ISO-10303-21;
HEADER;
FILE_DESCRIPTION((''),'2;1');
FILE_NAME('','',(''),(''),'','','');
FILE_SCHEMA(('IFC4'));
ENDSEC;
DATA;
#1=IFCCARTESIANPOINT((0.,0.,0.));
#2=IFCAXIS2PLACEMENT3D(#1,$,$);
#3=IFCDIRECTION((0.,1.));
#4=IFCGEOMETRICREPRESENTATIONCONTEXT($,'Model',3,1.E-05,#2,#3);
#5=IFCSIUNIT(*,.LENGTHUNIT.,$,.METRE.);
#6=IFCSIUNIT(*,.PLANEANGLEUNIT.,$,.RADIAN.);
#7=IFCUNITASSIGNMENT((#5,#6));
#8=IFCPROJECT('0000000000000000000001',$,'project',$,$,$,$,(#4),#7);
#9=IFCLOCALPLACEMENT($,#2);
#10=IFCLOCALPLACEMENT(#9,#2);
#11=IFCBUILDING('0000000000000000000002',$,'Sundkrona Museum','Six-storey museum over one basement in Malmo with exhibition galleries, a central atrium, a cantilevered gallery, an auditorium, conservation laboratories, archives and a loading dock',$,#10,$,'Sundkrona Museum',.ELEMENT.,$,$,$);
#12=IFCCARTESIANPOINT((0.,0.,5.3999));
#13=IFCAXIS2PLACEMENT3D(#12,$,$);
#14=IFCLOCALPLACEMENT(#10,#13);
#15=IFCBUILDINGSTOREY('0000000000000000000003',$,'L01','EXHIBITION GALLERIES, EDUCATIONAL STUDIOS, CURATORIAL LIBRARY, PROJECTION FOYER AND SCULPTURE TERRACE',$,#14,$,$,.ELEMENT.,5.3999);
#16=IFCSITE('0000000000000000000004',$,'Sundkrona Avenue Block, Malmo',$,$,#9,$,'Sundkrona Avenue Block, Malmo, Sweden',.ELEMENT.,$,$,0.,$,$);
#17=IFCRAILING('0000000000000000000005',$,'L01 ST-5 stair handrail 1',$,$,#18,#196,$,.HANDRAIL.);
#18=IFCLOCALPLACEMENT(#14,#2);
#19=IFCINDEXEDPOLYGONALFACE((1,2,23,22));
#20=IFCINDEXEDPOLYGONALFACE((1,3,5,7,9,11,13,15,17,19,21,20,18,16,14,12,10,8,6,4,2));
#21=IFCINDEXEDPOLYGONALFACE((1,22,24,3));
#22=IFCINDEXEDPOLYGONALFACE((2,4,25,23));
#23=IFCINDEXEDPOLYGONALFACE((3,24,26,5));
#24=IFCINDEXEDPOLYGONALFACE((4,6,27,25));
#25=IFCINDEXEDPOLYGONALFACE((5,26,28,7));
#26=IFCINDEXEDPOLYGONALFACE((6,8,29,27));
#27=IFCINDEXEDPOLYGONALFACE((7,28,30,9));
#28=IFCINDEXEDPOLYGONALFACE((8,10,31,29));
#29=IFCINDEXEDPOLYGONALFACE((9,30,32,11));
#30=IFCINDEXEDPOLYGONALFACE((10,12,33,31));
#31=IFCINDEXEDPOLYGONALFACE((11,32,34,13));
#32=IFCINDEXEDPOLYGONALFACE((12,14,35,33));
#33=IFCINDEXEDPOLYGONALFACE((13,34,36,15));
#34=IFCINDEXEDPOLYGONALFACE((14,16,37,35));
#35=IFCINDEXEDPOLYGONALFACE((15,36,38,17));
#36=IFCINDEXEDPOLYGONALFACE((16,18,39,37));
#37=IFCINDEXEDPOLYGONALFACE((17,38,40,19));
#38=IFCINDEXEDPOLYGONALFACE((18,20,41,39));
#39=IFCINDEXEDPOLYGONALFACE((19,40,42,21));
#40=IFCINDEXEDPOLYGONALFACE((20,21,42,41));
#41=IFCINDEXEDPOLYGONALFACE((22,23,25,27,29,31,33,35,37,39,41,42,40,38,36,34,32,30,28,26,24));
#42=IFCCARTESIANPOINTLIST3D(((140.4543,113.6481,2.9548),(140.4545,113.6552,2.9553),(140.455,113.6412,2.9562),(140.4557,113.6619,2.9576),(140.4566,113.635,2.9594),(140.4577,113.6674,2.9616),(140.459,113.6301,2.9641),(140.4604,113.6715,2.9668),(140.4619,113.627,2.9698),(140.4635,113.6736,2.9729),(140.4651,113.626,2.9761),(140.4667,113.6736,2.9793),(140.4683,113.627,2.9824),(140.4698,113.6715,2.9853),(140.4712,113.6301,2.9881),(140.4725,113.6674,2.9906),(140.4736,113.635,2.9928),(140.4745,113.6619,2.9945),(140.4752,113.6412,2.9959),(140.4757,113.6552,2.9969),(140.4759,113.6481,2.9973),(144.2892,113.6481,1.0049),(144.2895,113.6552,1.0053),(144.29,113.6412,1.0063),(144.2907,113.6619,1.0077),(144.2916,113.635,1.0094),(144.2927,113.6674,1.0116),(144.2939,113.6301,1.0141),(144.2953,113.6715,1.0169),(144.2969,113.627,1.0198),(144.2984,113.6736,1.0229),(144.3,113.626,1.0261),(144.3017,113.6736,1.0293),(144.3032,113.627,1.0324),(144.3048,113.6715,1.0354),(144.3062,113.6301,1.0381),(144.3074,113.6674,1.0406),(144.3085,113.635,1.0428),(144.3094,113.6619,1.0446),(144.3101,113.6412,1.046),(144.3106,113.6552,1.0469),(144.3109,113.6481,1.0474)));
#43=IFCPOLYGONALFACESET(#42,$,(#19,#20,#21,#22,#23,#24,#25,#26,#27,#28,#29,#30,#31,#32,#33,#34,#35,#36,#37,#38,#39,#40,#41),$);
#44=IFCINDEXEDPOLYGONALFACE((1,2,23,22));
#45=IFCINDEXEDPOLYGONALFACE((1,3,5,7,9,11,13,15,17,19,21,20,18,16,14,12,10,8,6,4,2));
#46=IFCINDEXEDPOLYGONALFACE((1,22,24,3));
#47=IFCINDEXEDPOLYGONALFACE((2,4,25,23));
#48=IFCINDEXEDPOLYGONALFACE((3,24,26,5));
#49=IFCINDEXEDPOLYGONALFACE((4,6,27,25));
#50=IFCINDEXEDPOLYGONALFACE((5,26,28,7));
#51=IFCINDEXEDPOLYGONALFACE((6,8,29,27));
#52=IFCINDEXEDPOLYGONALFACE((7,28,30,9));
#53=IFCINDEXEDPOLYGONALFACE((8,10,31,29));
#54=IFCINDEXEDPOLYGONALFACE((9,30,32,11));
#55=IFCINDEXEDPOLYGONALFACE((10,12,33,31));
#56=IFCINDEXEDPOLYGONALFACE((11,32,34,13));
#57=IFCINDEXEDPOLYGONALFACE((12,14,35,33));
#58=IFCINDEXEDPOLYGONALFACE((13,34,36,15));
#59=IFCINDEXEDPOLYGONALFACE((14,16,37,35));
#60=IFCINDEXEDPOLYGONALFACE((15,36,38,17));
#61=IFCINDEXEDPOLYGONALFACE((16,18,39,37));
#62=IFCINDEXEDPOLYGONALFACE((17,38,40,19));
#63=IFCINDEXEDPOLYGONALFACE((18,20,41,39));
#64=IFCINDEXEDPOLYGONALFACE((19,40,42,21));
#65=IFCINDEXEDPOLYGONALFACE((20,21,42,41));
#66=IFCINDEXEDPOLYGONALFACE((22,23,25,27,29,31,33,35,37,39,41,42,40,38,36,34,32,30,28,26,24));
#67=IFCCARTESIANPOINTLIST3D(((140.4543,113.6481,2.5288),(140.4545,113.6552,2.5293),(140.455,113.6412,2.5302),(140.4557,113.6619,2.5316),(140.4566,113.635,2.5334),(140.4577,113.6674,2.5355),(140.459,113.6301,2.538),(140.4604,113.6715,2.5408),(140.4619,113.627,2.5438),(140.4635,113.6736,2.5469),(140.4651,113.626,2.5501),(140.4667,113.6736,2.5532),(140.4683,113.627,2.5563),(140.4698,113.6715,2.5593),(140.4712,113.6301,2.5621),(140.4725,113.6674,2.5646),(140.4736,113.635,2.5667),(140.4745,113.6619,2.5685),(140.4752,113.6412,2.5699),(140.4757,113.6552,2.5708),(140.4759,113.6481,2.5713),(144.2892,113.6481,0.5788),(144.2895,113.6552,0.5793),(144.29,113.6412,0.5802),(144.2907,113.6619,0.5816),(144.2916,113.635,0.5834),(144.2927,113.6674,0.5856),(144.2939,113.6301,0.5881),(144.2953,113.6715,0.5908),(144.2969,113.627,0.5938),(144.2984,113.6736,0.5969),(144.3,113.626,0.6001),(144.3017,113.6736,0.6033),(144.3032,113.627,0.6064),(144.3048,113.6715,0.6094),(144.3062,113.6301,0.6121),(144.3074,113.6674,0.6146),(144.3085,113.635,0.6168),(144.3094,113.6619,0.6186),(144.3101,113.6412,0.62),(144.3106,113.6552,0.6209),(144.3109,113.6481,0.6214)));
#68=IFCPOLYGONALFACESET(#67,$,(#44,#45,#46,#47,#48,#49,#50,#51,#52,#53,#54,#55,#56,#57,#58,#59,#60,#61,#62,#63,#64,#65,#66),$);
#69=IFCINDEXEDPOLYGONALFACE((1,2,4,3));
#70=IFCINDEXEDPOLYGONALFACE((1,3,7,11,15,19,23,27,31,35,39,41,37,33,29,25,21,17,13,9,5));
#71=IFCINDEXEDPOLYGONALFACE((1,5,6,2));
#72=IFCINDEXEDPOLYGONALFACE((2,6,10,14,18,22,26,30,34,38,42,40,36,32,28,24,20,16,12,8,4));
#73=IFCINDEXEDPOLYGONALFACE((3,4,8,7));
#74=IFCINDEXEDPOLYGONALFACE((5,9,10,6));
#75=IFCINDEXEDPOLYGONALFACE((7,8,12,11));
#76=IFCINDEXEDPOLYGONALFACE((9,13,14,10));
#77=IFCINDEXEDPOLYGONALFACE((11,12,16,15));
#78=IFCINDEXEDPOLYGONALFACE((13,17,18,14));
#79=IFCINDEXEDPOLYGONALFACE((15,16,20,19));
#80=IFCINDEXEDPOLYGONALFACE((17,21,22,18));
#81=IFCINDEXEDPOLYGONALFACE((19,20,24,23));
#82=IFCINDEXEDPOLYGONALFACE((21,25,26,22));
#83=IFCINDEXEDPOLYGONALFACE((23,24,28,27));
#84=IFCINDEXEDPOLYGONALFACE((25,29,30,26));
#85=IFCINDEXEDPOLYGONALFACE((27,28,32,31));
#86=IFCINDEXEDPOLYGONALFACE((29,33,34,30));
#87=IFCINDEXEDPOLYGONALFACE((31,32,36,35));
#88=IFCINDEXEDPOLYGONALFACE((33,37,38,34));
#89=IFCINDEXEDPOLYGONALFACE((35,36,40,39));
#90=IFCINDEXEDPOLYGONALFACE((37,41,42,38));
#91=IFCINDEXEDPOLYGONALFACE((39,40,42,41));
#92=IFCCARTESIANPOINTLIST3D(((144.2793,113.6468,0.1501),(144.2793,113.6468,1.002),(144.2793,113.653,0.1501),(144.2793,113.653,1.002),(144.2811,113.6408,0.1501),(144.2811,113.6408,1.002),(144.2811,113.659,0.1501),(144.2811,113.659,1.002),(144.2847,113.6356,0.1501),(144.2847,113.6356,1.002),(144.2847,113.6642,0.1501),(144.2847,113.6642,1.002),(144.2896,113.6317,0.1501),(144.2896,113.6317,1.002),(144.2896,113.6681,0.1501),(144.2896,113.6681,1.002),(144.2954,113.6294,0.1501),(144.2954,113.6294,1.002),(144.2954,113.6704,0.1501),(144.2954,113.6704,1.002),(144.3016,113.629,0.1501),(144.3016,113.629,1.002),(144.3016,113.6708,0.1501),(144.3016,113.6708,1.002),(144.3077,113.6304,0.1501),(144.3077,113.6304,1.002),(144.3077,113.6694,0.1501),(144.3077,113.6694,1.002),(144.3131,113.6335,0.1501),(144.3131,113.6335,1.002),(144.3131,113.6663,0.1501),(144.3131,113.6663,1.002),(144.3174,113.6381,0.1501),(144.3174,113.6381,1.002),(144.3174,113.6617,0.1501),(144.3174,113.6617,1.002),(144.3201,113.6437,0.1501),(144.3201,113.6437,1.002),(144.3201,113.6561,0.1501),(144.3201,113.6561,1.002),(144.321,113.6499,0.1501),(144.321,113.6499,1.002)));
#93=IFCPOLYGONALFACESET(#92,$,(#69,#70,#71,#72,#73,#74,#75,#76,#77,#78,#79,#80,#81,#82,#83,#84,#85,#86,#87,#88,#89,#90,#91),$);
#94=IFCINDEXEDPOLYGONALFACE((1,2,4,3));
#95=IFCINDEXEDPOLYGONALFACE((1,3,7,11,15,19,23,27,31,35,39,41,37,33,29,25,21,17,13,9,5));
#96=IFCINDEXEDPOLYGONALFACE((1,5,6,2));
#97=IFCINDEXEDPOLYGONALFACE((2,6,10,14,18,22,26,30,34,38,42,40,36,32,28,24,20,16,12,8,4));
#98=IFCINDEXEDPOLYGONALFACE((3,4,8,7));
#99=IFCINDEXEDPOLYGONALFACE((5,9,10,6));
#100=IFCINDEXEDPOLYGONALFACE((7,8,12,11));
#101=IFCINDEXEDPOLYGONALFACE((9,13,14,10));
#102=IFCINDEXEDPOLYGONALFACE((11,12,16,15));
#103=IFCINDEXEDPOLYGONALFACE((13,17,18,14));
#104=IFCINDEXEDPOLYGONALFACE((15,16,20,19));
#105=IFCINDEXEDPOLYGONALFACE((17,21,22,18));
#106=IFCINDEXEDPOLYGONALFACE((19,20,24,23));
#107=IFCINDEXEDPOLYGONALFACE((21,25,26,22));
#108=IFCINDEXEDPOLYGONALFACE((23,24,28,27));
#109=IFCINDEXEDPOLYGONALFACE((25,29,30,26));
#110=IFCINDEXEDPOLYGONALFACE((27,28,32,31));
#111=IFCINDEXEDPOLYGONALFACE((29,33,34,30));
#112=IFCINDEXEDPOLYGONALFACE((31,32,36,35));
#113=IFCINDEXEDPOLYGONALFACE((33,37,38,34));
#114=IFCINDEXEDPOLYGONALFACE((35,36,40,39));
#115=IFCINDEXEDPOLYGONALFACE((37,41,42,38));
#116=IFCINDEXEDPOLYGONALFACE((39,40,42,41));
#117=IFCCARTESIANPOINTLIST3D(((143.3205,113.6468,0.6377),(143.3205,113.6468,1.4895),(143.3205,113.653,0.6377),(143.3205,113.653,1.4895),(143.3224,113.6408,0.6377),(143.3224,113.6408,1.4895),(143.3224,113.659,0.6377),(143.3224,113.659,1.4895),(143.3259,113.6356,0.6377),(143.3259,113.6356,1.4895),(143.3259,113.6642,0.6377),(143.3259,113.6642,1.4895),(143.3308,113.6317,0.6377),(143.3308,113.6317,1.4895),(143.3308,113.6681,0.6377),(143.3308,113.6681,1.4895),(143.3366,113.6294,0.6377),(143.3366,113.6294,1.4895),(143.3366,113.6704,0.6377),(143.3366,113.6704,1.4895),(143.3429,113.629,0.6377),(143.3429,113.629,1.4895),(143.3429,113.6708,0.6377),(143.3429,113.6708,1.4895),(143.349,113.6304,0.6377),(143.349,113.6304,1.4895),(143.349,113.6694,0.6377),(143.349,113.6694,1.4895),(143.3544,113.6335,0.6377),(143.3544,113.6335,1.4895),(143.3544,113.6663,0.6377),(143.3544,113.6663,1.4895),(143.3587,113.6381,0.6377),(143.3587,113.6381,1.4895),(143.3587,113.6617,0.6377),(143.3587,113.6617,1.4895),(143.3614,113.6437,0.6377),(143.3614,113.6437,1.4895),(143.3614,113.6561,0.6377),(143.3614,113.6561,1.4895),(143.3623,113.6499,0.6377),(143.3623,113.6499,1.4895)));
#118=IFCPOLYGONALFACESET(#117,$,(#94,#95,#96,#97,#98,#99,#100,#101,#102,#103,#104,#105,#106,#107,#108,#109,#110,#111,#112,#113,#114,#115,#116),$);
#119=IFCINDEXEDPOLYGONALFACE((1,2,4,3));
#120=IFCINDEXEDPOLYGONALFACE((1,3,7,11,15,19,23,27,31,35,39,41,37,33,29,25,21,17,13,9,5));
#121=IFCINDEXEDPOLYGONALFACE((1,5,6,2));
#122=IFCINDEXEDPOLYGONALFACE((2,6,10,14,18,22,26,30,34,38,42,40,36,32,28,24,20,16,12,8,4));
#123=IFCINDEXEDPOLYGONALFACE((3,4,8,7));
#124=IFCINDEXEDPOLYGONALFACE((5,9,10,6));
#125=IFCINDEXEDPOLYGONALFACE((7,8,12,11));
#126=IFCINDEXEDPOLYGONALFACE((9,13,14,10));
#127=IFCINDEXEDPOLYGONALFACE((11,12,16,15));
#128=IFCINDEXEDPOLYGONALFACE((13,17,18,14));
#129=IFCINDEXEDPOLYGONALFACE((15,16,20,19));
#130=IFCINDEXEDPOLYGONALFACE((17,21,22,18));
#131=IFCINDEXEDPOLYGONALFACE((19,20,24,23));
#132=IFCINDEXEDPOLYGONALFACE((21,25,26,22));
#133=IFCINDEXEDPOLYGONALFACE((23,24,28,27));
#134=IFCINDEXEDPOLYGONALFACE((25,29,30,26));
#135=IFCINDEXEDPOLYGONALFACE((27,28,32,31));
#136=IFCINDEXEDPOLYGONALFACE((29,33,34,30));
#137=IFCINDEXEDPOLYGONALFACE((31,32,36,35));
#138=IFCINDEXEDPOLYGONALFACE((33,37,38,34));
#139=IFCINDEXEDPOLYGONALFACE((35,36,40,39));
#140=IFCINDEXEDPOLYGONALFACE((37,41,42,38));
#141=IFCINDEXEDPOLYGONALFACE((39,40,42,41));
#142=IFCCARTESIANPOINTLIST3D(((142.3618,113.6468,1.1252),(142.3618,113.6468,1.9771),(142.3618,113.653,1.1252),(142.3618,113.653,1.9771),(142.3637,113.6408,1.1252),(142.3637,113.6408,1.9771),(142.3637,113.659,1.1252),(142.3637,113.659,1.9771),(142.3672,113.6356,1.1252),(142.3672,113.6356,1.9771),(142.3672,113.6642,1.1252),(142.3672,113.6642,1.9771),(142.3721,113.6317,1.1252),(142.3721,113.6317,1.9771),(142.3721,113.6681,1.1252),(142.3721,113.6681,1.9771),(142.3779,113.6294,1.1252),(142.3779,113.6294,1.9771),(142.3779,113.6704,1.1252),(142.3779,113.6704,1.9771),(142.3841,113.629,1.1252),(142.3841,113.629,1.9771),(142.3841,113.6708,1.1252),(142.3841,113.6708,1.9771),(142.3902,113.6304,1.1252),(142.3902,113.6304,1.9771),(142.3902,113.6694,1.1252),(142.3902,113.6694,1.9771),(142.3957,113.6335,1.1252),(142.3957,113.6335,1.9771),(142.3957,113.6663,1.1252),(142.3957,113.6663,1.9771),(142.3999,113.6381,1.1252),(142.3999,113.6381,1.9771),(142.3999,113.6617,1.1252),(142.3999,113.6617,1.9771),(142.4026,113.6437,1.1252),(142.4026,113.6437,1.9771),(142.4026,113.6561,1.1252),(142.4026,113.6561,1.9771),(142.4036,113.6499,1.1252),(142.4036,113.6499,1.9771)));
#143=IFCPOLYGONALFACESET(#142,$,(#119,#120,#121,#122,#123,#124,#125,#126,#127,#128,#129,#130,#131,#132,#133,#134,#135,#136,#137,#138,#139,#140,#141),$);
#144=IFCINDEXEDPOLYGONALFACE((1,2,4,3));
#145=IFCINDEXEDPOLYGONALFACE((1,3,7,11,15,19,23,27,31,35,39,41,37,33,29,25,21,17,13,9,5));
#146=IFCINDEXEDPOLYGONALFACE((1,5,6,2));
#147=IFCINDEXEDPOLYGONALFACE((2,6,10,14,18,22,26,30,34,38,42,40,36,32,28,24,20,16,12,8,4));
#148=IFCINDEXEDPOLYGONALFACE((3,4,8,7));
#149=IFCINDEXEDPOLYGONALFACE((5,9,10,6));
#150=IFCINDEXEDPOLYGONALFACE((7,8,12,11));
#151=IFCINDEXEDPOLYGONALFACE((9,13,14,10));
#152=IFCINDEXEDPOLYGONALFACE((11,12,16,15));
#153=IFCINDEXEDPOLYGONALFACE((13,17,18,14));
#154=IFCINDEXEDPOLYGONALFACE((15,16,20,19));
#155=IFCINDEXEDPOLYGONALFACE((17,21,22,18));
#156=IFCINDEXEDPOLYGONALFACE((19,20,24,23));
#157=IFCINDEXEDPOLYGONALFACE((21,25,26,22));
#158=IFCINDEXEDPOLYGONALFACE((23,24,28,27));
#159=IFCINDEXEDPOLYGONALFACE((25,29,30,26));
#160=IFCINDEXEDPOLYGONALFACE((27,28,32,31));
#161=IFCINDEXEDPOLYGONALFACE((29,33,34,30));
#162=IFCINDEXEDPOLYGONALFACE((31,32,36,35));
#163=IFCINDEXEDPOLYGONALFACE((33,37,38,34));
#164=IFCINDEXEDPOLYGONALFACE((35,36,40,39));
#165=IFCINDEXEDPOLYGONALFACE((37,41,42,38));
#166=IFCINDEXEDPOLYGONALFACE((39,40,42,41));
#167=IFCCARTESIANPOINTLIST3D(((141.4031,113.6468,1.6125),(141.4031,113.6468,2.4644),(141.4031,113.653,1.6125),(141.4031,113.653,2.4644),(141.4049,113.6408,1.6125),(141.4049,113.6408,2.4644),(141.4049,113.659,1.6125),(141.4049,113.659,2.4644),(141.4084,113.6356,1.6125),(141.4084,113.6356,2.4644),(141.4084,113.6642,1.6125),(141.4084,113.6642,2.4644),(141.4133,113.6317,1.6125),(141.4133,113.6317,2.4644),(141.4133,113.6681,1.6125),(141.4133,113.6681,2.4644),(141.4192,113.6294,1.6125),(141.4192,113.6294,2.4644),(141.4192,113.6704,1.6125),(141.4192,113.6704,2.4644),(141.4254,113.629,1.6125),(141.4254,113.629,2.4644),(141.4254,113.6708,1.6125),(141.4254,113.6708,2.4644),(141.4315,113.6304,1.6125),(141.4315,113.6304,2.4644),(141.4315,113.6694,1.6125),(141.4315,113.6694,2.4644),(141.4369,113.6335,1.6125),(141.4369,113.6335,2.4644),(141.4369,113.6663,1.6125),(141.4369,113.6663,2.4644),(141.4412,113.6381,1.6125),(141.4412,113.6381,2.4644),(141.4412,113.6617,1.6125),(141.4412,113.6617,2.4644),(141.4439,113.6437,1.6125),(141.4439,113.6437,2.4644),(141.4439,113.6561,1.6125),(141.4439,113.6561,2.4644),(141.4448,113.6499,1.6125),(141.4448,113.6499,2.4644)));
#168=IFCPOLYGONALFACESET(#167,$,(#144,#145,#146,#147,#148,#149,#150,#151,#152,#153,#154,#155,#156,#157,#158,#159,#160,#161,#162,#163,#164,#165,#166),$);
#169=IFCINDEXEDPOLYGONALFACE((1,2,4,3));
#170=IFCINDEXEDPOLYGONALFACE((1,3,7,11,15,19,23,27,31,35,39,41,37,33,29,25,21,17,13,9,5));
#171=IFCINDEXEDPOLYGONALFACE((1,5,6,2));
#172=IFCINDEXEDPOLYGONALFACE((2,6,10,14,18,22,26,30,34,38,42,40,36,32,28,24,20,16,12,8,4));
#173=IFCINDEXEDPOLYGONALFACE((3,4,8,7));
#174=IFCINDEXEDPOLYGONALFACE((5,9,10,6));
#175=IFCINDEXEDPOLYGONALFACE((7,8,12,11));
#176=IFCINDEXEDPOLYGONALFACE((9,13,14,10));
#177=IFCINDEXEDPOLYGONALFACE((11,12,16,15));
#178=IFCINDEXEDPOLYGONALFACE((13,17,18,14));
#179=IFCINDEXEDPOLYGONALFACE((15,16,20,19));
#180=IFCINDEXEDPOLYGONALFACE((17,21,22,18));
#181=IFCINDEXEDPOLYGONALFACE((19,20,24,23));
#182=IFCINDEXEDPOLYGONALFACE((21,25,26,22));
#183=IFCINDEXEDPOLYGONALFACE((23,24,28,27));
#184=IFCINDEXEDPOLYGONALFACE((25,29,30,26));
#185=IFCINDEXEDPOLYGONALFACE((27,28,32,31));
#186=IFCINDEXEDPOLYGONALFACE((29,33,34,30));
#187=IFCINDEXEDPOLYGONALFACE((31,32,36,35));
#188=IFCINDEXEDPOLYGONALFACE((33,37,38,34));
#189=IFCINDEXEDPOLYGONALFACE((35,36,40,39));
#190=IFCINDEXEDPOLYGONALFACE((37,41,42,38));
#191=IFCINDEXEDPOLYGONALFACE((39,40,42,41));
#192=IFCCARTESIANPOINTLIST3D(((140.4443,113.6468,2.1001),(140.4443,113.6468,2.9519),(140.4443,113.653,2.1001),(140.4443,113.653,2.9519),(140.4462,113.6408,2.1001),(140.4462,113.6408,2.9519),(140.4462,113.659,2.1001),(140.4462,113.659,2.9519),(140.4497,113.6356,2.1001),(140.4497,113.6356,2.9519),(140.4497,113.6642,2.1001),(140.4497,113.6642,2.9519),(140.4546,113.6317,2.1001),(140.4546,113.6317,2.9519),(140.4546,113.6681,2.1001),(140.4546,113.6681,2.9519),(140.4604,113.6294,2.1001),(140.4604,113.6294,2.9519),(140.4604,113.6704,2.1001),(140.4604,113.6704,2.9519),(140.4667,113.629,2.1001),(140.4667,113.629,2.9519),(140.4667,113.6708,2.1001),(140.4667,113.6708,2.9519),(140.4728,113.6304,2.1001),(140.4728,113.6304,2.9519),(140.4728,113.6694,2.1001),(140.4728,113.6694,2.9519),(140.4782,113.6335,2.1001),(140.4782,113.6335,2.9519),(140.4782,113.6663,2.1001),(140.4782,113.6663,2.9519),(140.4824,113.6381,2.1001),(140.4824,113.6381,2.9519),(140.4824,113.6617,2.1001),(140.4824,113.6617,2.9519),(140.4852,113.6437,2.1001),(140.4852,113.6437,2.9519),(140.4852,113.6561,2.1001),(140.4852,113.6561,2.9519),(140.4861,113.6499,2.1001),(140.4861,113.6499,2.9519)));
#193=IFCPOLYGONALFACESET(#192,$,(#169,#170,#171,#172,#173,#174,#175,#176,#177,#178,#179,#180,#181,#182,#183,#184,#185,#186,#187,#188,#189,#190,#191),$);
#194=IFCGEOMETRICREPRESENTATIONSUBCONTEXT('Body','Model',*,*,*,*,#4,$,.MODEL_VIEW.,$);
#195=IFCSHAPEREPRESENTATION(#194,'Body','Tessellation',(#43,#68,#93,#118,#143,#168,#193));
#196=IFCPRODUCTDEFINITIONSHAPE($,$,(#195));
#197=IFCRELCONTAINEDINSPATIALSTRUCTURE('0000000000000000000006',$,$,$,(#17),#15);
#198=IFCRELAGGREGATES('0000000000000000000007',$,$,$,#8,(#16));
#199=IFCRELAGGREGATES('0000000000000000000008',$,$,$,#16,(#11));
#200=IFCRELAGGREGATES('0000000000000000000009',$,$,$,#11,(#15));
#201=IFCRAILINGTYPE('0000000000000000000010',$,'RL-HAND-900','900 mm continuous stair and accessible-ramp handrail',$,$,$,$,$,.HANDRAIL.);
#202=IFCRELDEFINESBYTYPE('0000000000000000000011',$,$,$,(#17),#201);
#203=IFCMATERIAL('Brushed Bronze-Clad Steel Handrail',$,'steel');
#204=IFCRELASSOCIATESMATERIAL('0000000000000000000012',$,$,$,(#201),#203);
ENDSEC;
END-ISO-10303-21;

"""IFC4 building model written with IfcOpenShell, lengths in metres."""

from ifc_helpers import new_model, si_unit, direction, frame, origin, origin_2d, place, context, subcontext, project, spatial, circle, extrude, material, type_object, element, save


model = new_model("IFC4")

# Units and contexts
model_context = context("Model", 3, precision=1e-05, world=origin(), true_north=direction((0.0, 1.0)))
body_context = subcontext(model_context, "Body", "Model", "MODEL_VIEW")
ifc_project = project(units=[si_unit("LENGTHUNIT", "METRE"), si_unit("PLANEANGLEUNIT", "RADIAN")], contexts=[model_context])

# Site, building, storey
site_placement = place(None, origin())
site = spatial("IfcSite", under=ifc_project, at=site_placement, Name="Sundkrona Avenue Block, Malmo", LongName="Sundkrona Avenue Block, Malmo, Sweden", CompositionType="ELEMENT", RefElevation=0.0)
building_placement = place(site_placement, origin())
building = spatial("IfcBuilding", under=site, at=building_placement, Name="Sundkrona Museum", Description="Six-storey museum over one basement in Malmo with exhibition galleries, a central atrium, a cantilevered gallery, an auditorium, conservation laboratories, archives and a loading dock", LongName="Sundkrona Museum", CompositionType="ELEMENT")
storey_placement = place(building_placement, frame((0.0, 0.0, 5.3999)))
storey = spatial("IfcBuildingStorey", under=building, at=storey_placement, Name="L01", Description="EXHIBITION GALLERIES, EDUCATIONAL STUDIOS, CURATORIAL LIBRARY, PROJECTION FOYER AND SCULPTURE TERRACE", CompositionType="ELEMENT", Elevation=5.3999)

# Railing
ifc_material_1 = material(Name="Brushed Bronze-Clad Steel Handrail", Category="steel")
railing_type_1 = type_object("IfcRailingType", Name="RL-HAND-900", Description="900 mm continuous stair and accessible-ramp handrail", PredefinedType="HANDRAIL", material=ifc_material_1)
railing_1_placement = place(storey_placement, frame((144.3, 113.6499, 0.1501)))
element("IfcRailing", 1, at=railing_1_placement, inside=storey, type_object=railing_type_1, Name="L01 ST-5 stair handrail 1", PredefinedType="HANDRAIL", context=body_context, shape_type="SweptSolid", body=[
    extrude(circle(Radius=0.0239, at=origin_2d()), frame((0.0, 0.0, 0.876), z_axis=(-0.891388, 0.0, 0.453241), x_axis=(0.0, -1.0, 0.0)), (0.0, 0.0, 1.0), 4.3022),
    extrude(circle(Radius=0.0239, at=origin_2d()), frame((0.0, 0.0, 0.45), z_axis=(-0.891388, 0.0, 0.453241), x_axis=(0.0, -1.0, 0.0)), (0.0, 0.0, 1.0), 4.3022),
    extrude(circle(Radius=0.021, at=origin_2d()), origin(), (0.0, 0.0, 1.0), 0.8518),
    extrude(circle(Radius=0.021, at=origin_2d()), frame((-0.9587, 0.0, 0.4875)), (0.0, 0.0, 1.0), 0.8518),
    extrude(circle(Radius=0.021, at=origin_2d()), frame((-1.9175, 0.0, 0.9751)), (0.0, 0.0, 1.0), 0.8518),
    extrude(circle(Radius=0.021, at=origin_2d()), frame((-2.8762, 0.0, 1.4624)), (0.0, 0.0, 1.0), 0.8518),
    extrude(circle(Radius=0.021, at=origin_2d()), frame((-3.835, 0.0, 1.95)), (0.0, 0.0, 1.0), 0.8518),
])

save(model, "model.ifc")
